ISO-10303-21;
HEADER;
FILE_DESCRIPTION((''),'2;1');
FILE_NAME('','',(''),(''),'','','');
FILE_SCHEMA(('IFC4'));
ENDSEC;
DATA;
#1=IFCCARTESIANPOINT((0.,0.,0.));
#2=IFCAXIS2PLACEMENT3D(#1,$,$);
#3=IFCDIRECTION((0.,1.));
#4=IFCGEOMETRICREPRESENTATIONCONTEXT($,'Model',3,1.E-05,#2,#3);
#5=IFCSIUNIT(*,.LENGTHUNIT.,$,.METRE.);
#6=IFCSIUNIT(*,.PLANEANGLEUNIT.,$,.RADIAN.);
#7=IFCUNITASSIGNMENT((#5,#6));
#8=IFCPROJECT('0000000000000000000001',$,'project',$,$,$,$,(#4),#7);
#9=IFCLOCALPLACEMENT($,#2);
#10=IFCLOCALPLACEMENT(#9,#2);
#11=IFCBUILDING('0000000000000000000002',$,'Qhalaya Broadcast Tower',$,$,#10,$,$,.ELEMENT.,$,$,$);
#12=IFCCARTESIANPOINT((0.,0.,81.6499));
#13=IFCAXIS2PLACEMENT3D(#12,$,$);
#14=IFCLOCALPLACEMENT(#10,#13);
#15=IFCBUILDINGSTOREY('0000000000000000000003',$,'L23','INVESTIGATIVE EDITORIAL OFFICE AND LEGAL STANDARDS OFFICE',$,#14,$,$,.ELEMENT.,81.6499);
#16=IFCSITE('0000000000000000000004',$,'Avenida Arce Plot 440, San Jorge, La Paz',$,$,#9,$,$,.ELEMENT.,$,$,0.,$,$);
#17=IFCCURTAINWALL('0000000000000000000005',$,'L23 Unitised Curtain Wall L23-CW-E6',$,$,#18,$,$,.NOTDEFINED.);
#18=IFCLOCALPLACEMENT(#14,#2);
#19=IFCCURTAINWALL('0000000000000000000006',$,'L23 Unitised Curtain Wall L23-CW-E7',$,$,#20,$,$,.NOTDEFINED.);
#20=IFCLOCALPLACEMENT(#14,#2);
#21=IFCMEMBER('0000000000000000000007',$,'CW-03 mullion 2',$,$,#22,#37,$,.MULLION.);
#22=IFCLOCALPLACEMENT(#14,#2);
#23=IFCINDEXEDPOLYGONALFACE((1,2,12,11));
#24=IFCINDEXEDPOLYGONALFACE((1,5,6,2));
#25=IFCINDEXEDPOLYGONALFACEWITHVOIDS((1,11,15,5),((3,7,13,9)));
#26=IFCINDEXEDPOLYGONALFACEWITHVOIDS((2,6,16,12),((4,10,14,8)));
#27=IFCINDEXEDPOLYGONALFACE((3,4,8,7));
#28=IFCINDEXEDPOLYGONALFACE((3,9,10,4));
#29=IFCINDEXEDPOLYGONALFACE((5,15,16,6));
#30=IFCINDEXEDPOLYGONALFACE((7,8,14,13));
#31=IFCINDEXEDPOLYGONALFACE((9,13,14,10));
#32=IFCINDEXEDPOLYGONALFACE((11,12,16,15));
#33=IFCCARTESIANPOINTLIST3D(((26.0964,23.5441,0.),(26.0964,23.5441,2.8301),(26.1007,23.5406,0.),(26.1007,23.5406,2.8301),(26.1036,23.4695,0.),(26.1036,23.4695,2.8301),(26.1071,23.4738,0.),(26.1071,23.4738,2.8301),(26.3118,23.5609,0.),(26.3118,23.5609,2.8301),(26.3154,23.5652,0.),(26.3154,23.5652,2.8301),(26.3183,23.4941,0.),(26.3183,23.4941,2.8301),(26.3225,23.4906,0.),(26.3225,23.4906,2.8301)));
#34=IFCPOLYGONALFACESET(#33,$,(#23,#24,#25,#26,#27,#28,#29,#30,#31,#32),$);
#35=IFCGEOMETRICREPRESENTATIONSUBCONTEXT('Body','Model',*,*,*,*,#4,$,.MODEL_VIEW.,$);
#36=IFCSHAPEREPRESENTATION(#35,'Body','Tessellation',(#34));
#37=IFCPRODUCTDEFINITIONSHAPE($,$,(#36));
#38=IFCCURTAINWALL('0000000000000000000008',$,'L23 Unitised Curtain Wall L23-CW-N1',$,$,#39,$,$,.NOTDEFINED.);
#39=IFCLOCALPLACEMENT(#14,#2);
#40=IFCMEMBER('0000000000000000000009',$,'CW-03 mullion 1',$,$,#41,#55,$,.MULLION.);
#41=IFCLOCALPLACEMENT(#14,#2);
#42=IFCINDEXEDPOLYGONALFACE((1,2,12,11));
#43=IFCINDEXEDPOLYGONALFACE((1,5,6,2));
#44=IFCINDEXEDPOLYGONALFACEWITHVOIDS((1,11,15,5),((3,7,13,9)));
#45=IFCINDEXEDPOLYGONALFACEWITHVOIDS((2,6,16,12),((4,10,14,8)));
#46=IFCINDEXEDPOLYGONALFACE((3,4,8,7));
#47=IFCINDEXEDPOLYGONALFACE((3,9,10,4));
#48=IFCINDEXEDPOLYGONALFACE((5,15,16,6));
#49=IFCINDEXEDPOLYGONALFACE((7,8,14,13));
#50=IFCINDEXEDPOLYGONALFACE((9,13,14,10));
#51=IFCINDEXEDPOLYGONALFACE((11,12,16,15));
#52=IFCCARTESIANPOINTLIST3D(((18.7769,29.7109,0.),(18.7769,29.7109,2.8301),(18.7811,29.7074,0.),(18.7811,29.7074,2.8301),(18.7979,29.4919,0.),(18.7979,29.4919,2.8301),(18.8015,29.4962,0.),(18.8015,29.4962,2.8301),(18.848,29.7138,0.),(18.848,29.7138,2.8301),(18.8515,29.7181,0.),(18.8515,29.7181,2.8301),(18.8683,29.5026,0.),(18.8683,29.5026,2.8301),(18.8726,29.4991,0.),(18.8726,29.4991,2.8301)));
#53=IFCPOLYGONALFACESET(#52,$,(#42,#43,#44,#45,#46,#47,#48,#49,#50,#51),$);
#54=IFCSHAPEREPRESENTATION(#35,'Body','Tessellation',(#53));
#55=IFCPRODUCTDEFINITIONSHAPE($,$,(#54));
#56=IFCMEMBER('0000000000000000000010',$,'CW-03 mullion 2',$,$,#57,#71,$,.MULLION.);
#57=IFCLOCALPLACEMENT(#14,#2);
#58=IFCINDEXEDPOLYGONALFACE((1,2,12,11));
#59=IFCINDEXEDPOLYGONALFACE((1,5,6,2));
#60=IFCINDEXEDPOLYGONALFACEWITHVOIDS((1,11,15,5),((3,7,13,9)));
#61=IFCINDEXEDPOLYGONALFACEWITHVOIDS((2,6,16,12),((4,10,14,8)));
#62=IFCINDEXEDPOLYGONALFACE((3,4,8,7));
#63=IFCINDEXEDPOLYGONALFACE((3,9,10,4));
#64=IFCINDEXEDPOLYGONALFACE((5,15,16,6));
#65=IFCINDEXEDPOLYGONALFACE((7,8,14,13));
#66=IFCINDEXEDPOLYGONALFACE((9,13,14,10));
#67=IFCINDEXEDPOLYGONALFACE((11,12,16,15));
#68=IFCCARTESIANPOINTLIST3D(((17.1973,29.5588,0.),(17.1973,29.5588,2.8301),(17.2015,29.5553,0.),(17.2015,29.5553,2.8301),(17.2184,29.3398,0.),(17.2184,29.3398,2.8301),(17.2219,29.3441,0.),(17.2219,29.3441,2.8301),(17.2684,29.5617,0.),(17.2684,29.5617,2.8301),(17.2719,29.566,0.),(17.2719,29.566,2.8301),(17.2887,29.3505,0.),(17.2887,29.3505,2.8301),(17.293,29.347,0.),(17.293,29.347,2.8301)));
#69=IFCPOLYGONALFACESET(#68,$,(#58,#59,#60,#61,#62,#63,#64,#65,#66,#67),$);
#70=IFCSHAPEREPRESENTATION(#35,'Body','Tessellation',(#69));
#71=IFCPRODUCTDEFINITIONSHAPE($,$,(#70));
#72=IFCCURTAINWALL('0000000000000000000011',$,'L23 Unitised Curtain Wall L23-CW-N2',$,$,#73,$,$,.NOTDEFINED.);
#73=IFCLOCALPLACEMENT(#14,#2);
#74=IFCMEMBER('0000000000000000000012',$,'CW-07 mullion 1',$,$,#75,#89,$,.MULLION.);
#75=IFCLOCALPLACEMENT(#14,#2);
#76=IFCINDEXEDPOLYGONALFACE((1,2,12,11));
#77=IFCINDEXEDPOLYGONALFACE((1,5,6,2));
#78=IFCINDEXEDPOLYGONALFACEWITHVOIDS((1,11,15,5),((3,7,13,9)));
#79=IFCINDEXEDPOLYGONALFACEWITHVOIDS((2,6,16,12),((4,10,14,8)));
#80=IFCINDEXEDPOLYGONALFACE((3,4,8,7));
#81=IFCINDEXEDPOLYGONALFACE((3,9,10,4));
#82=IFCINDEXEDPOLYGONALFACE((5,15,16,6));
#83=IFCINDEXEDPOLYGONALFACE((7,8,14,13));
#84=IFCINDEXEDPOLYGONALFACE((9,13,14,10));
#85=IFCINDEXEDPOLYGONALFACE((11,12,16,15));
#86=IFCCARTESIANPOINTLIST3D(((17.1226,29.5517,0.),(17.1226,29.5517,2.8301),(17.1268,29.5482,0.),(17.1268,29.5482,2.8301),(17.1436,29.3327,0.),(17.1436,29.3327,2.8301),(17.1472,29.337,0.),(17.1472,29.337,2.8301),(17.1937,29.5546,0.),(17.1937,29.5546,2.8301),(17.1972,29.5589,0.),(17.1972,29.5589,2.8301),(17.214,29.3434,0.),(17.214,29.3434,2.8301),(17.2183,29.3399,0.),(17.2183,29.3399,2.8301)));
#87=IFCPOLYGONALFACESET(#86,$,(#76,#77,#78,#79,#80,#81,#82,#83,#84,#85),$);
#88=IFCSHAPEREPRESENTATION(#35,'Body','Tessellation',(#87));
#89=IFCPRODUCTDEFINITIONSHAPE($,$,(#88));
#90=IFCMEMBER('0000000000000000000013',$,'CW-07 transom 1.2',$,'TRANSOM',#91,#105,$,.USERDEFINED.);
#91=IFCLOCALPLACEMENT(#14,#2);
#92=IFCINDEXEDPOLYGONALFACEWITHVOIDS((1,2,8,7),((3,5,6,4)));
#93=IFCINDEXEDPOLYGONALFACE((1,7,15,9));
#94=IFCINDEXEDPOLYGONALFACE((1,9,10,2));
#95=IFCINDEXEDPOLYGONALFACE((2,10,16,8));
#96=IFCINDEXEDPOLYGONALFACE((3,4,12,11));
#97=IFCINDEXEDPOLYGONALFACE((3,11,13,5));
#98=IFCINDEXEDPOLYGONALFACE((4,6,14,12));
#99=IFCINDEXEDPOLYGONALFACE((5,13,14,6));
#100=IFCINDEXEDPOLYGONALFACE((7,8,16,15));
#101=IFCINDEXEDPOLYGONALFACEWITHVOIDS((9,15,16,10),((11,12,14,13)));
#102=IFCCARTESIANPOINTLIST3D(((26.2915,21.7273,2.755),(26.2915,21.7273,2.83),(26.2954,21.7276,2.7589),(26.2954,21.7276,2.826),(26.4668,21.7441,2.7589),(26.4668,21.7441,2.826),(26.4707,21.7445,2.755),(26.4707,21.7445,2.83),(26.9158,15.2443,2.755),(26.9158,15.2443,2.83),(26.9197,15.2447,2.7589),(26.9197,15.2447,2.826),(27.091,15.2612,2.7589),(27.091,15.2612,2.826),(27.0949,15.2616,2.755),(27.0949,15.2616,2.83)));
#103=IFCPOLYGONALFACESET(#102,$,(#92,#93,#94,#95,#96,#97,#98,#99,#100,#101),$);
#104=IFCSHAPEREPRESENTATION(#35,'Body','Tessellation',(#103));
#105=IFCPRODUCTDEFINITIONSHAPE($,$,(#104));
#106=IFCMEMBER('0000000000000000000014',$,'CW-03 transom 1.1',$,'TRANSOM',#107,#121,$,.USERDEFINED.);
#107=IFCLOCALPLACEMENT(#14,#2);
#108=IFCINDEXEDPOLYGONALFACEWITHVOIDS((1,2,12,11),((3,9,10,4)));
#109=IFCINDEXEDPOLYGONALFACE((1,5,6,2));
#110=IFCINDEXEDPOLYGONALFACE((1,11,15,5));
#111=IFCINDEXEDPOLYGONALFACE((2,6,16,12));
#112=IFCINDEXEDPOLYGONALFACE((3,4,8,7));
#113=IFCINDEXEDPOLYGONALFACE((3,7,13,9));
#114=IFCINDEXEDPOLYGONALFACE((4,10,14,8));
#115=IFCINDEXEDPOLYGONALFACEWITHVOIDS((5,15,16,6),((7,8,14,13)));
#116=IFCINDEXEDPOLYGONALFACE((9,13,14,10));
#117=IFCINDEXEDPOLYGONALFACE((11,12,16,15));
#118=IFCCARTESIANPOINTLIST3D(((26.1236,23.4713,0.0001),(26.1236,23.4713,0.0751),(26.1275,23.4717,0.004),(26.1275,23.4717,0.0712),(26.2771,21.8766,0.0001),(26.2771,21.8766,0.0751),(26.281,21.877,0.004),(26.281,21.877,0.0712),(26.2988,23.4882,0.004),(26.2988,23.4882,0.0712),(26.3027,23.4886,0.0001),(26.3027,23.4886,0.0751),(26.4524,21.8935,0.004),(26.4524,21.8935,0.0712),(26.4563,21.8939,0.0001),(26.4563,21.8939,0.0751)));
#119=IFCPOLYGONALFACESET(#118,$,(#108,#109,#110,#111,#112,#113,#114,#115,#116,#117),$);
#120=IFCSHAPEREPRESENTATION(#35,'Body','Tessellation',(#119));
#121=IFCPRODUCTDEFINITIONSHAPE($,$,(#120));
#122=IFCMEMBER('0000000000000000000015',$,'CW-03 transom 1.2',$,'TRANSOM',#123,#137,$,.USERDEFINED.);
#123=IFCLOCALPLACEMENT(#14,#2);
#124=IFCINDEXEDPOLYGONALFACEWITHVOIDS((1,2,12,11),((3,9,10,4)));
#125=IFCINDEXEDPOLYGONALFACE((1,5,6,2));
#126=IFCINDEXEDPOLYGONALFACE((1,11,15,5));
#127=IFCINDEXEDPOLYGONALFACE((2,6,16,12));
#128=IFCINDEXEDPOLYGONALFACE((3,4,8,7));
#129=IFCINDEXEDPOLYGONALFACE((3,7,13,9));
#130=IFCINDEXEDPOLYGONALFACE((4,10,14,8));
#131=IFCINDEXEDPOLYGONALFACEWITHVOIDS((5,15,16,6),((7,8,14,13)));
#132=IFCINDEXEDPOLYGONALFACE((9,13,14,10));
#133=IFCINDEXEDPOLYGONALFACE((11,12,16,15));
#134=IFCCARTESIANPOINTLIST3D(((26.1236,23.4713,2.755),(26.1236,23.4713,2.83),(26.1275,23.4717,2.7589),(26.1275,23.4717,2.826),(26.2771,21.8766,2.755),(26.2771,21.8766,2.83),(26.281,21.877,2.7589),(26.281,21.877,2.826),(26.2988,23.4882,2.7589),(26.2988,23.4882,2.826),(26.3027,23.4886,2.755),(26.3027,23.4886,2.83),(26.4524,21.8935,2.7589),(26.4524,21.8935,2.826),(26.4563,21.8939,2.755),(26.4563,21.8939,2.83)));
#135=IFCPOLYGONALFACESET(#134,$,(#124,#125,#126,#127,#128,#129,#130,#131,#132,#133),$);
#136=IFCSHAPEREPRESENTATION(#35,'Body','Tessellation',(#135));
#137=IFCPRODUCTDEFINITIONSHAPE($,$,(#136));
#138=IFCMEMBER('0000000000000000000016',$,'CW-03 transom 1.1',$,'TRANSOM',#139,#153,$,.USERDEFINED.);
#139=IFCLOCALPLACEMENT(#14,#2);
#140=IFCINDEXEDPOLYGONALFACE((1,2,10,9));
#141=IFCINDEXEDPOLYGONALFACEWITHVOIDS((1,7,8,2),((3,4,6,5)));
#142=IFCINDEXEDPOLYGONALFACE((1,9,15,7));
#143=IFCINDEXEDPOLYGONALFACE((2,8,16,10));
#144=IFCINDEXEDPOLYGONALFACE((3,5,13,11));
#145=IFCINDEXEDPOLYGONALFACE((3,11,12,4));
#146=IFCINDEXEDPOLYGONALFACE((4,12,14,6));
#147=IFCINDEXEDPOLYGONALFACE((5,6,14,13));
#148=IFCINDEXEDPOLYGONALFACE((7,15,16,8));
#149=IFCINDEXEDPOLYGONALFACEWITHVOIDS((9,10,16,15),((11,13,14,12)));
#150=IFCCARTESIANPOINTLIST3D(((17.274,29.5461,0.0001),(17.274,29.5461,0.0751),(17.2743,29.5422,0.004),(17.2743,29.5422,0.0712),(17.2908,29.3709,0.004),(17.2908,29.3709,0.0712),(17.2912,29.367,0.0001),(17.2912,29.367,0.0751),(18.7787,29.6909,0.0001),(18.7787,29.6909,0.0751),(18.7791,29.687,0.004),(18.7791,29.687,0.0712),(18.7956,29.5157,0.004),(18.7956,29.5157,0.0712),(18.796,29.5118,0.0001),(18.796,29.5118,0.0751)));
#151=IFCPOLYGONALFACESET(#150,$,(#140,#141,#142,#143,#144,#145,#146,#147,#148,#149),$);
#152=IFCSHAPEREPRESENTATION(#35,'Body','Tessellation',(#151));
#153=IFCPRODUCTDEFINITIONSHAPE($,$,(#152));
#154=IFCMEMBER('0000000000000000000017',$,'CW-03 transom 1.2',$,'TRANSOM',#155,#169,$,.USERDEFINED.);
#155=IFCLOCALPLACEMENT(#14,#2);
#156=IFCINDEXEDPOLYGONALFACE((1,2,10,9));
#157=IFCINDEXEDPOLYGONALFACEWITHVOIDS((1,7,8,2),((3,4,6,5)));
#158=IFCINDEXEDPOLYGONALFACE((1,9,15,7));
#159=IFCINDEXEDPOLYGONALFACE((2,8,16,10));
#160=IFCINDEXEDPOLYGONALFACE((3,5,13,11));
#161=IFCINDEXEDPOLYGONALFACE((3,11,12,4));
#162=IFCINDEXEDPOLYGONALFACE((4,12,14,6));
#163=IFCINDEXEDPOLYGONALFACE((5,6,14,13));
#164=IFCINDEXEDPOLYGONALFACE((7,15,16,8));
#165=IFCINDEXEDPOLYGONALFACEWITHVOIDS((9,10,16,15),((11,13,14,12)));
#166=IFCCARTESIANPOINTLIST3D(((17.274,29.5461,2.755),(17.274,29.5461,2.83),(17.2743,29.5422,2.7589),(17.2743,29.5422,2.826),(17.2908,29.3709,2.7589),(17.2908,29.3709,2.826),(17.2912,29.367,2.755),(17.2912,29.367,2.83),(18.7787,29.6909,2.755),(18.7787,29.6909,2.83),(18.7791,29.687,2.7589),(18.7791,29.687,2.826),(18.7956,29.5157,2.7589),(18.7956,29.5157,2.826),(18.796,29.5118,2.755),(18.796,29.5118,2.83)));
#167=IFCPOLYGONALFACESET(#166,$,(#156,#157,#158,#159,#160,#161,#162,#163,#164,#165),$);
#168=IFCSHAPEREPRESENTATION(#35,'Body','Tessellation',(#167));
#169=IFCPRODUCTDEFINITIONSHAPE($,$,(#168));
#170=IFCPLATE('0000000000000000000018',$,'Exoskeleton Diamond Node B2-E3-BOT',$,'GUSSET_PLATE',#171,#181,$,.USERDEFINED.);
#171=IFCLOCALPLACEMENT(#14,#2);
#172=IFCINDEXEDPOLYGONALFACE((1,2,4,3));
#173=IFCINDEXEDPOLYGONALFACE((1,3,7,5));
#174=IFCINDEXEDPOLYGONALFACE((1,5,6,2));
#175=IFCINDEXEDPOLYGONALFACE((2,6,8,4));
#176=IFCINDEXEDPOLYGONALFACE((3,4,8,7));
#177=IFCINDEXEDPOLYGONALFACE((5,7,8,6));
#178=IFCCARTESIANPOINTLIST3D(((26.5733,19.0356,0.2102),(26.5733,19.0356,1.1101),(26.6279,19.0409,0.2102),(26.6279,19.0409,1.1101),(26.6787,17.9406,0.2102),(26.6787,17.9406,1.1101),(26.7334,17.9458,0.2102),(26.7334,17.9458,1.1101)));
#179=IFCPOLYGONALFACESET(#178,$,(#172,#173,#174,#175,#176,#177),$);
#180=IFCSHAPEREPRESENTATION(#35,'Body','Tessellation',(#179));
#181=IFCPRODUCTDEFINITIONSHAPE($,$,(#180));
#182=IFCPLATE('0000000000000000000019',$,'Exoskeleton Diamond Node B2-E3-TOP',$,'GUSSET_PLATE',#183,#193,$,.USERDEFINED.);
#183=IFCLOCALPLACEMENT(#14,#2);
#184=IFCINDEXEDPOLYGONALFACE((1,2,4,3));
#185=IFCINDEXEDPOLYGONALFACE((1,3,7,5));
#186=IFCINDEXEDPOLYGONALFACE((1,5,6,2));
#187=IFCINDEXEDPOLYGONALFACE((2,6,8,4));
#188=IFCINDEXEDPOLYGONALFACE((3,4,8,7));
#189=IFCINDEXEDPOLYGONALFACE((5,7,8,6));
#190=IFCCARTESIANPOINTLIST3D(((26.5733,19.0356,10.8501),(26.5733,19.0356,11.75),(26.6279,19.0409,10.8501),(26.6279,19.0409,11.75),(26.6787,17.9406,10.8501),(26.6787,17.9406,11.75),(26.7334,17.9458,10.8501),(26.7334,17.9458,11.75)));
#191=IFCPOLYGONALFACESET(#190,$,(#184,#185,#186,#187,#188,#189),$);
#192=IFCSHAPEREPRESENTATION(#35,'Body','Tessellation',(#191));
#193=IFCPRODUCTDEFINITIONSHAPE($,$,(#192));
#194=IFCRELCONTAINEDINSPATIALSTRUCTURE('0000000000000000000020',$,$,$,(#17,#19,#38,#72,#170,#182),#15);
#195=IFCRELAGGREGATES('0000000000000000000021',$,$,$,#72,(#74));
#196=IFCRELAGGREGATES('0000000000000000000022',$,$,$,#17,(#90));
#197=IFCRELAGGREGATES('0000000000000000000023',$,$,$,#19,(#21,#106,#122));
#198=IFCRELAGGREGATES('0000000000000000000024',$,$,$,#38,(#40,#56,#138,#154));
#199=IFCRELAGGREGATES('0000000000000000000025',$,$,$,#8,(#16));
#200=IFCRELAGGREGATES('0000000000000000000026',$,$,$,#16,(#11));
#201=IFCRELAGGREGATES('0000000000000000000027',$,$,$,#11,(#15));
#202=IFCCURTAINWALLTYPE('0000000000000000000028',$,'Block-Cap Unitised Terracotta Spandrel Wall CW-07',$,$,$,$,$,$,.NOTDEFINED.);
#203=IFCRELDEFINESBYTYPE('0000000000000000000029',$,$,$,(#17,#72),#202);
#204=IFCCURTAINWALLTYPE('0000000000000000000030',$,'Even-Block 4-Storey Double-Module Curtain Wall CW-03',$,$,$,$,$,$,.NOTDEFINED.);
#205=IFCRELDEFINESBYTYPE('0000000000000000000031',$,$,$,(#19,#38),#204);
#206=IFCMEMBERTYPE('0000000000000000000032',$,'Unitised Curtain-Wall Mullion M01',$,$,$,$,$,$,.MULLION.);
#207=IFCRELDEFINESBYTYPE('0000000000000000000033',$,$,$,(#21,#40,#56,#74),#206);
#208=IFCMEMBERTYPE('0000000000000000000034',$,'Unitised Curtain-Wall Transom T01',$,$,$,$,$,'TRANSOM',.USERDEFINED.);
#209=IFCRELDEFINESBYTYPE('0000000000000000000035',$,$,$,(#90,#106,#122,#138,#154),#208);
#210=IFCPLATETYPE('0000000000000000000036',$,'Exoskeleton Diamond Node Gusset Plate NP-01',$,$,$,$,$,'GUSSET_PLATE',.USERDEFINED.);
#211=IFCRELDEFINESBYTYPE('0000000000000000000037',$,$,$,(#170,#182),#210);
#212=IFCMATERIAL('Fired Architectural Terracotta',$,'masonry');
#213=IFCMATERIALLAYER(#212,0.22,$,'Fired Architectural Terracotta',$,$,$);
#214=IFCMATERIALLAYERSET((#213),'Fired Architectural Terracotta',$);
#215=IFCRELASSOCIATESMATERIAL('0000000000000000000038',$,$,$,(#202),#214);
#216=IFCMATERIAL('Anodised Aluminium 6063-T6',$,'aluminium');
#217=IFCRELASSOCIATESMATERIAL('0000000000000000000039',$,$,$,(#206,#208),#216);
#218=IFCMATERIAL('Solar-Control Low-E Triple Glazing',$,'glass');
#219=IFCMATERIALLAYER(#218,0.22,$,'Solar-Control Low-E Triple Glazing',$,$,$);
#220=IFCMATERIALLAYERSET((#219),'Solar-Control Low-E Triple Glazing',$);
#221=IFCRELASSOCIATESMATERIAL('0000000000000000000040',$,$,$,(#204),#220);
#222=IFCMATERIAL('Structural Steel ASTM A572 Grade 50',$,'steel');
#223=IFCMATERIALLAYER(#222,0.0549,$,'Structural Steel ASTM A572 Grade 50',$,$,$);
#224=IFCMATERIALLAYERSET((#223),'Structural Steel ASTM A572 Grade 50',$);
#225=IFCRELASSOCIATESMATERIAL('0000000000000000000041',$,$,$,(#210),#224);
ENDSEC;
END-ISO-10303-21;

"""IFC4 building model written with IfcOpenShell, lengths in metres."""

from ifc_helpers import new_model, si_unit, direction, frame, origin, origin_2d, place, context, subcontext, project, spatial, rectangle, hollow_rectangle, extrude, material, layer, layer_set, material_profile, profile_set, type_object, element, aggregate, save


model = new_model("IFC4")

# Units and contexts
model_context = context("Model", 3, precision=1e-05, world=origin(), true_north=direction((0.0, 1.0)))
body_context = subcontext(model_context, "Body", "Model", "MODEL_VIEW")
ifc_project = project(units=[si_unit("LENGTHUNIT", "METRE"), si_unit("PLANEANGLEUNIT", "RADIAN")], contexts=[model_context])

# Site, building, storey
site_placement = place(None, origin())
site = spatial("IfcSite", under=ifc_project, at=site_placement, Name="Avenida Arce Plot 440, San Jorge, La Paz", CompositionType="ELEMENT", RefElevation=0.0)
building_placement = place(site_placement, origin())
building = spatial("IfcBuilding", under=site, at=building_placement, Name="Qhalaya Broadcast Tower", CompositionType="ELEMENT")
storey_placement = place(building_placement, frame((0.0, 0.0, 81.6499)))
storey = spatial("IfcBuildingStorey", under=building, at=storey_placement, Name="L23", Description="INVESTIGATIVE EDITORIAL OFFICE AND LEGAL STANDARDS OFFICE", CompositionType="ELEMENT", Elevation=81.6499)

# Shared definitions
ifc_material_1 = material(Name="Structural Steel ASTM A572 Grade 50", Category="steel")

# Curtain wall
ifc_material_2 = material(Name="Fired Architectural Terracotta", Category="masonry")
ifc_layer_1 = layer(ifc_material_2, 0.22, Name="Fired Architectural Terracotta")
ifc_layer_set_1 = layer_set([ifc_layer_1], Name="Fired Architectural Terracotta")
curtain_wall_type_1 = type_object("IfcCurtainWallType", Name="Block-Cap Unitised Terracotta Spandrel Wall CW-07", PredefinedType="NOTDEFINED", material=ifc_layer_set_1)
curtain_wall_1_placement = place(storey_placement, origin())
curtain_wall_1 = element("IfcCurtainWall", 1, at=curtain_wall_1_placement, inside=storey, type_object=curtain_wall_type_1, Name="L23 Unitised Curtain Wall L23-CW-E6", PredefinedType="NOTDEFINED")
ifc_material_3 = material(Name="Anodised Aluminium 6063-T6", Category="aluminium")
ifc_material_profile_1 = material_profile(ifc_material_3, hollow_rectangle(XDim=0.075, YDim=0.22, WallThickness=0.0039, at=origin_2d()), Name="ALU-MUL 75x220x4")
ifc_profile_set_1 = profile_set([ifc_material_profile_1], Name="Anodised Aluminium 6063-T6")
member_type_1 = type_object("IfcMemberType", Name="Unitised Curtain-Wall Mullion M01", PredefinedType="MULLION", material=ifc_profile_set_1)

# Curtain walls, members
ifc_material_4 = material(Name="Solar-Control Low-E Triple Glazing", Category="glass")
ifc_layer_2 = layer(ifc_material_4, 0.22, Name="Solar-Control Low-E Triple Glazing")
ifc_layer_set_2 = layer_set([ifc_layer_2], Name="Solar-Control Low-E Triple Glazing")
curtain_wall_type_2 = type_object("IfcCurtainWallType", Name="Even-Block 4-Storey Double-Module Curtain Wall CW-03", PredefinedType="NOTDEFINED", material=ifc_layer_set_2)
curtain_wall_2_placement = place(storey_placement, origin())
curtain_wall_2 = element("IfcCurtainWall", 2, at=curtain_wall_2_placement, inside=storey, type_object=curtain_wall_type_2, Name="L23 Unitised Curtain Wall L23-CW-E7", PredefinedType="NOTDEFINED")
member_1_placement = place(storey_placement, frame((26.2095, 23.5173, 0.0), z_axis=(0.0, 0.0, 1.0), x_axis=(-0.09583, 0.995398, 0.0)))
member_1 = element("IfcMember", 3, at=member_1_placement, type_object=member_type_1, Name="CW-03 mullion 2", PredefinedType="MULLION", context=body_context, shape_type="SweptSolid", body=[
    extrude(hollow_rectangle(XDim=0.075, YDim=0.22, WallThickness=0.0039, at=origin_2d()), origin(), (0.0, 0.0, 1.0), 2.8301),
])
curtain_wall_3_placement = place(storey_placement, origin())
curtain_wall_3 = element("IfcCurtainWall", 4, at=curtain_wall_3_placement, inside=storey, type_object=curtain_wall_type_2, Name="L23 Unitised Curtain Wall L23-CW-N1", PredefinedType="NOTDEFINED")
member_2_placement = place(storey_placement, frame((18.8247, 29.605, 0.0), z_axis=(0.0, 0.0, 1.0), x_axis=(-0.995396, -0.095851, 0.0)))
member_2 = element("IfcMember", 5, at=member_2_placement, type_object=member_type_1, Name="CW-03 mullion 1", PredefinedType="MULLION", context=body_context, shape_type="SweptSolid", body=[
    extrude(hollow_rectangle(XDim=0.075, YDim=0.22, WallThickness=0.0039, at=origin_2d()), origin(), (0.0, 0.0, 1.0), 2.8301),
])
member_3_placement = place(storey_placement, frame((17.2451, 29.4529, 0.0), z_axis=(0.0, 0.0, 1.0), x_axis=(-0.995396, -0.095851, 0.0)))
member_3 = element("IfcMember", 6, at=member_3_placement, type_object=member_type_1, Name="CW-03 mullion 2", PredefinedType="MULLION", context=body_context, shape_type="SweptSolid", body=[
    extrude(hollow_rectangle(XDim=0.075, YDim=0.22, WallThickness=0.0039, at=origin_2d()), origin(), (0.0, 0.0, 1.0), 2.8301),
])

# Curtain wall, member
curtain_wall_4_placement = place(storey_placement, origin())
curtain_wall_4 = element("IfcCurtainWall", 7, at=curtain_wall_4_placement, inside=storey, type_object=curtain_wall_type_1, Name="L23 Unitised Curtain Wall L23-CW-N2", PredefinedType="NOTDEFINED")
member_4_placement = place(storey_placement, frame((17.1704, 29.4458, 0.0), z_axis=(0.0, 0.0, 1.0), x_axis=(-0.995396, -0.09585, 0.0)))
member_4 = element("IfcMember", 8, at=member_4_placement, type_object=member_type_1, Name="CW-07 mullion 1", PredefinedType="MULLION", context=body_context, shape_type="SweptSolid", body=[
    extrude(hollow_rectangle(XDim=0.075, YDim=0.22, WallThickness=0.0039, at=origin_2d()), origin(), (0.0, 0.0, 1.0), 2.8301),
])
aggregate(curtain_wall_4, [member_4])

# Members
ifc_material_profile_2 = material_profile(ifc_material_3, hollow_rectangle(XDim=0.075, YDim=0.1799, WallThickness=0.0039, at=origin_2d()), Name="ALU-TRN 75x180x4")
ifc_profile_set_2 = profile_set([ifc_material_profile_2], Name="Anodised Aluminium 6063-T6")
member_type_2 = type_object("IfcMemberType", Name="Unitised Curtain-Wall Transom T01", ElementType="TRANSOM", PredefinedType="USERDEFINED", material=ifc_profile_set_2)
member_5_placement = place(storey_placement, frame((27.0054, 15.2529, 2.7925), z_axis=(-0.095851, 0.995396, 0.0), x_axis=(0.0, 0.0, 1.0)))
member_5 = element("IfcMember", 9, at=member_5_placement, type_object=member_type_2, Name="CW-07 transom 1.2", ObjectType="TRANSOM", PredefinedType="USERDEFINED", context=body_context, shape_type="SweptSolid", body=[
    extrude(hollow_rectangle(XDim=0.075, YDim=0.1799, WallThickness=0.0039, at=origin_2d()), origin(), (0.0, 0.0, 1.0), 6.5129),
])
member_6_placement = place(storey_placement, frame((26.3667, 21.8853, 0.0376), z_axis=(-0.095852, 0.995396, 0.0), x_axis=(0.0, 0.0, 1.0)))
member_6 = element("IfcMember", 10, at=member_6_placement, type_object=member_type_2, Name="CW-03 transom 1.1", ObjectType="TRANSOM", PredefinedType="USERDEFINED", context=body_context, shape_type="SweptSolid", body=[
    extrude(hollow_rectangle(XDim=0.075, YDim=0.1799, WallThickness=0.0039, at=origin_2d()), origin(), (0.0, 0.0, 1.0), 1.6021),
])
member_7_placement = place(storey_placement, frame((26.3667, 21.8853, 2.7925), z_axis=(-0.095852, 0.995396, 0.0), x_axis=(0.0, 0.0, 1.0)))
member_7 = element("IfcMember", 11, at=member_7_placement, type_object=member_type_2, Name="CW-03 transom 1.2", ObjectType="TRANSOM", PredefinedType="USERDEFINED", context=body_context, shape_type="SweptSolid", body=[
    extrude(hollow_rectangle(XDim=0.075, YDim=0.1799, WallThickness=0.0039, at=origin_2d()), origin(), (0.0, 0.0, 1.0), 1.6021),
])
member_8_placement = place(storey_placement, frame((18.7874, 29.6013, 0.0376), z_axis=(-0.995404, -0.095762, 0.0), x_axis=(0.0, 0.0, 1.0)))
member_8 = element("IfcMember", 12, at=member_8_placement, type_object=member_type_2, Name="CW-03 transom 1.1", ObjectType="TRANSOM", PredefinedType="USERDEFINED", context=body_context, shape_type="SweptSolid", body=[
    extrude(hollow_rectangle(XDim=0.075, YDim=0.1799, WallThickness=0.0039, at=origin_2d()), origin(), (0.0, 0.0, 1.0), 1.5117),
])
member_9_placement = place(storey_placement, frame((18.7874, 29.6013, 2.7925), z_axis=(-0.995404, -0.095762, 0.0), x_axis=(0.0, 0.0, 1.0)))
member_9 = element("IfcMember", 13, at=member_9_placement, type_object=member_type_2, Name="CW-03 transom 1.2", ObjectType="TRANSOM", PredefinedType="USERDEFINED", context=body_context, shape_type="SweptSolid", body=[
    extrude(hollow_rectangle(XDim=0.075, YDim=0.1799, WallThickness=0.0039, at=origin_2d()), origin(), (0.0, 0.0, 1.0), 1.5117),
])

# Plates
ifc_layer_3 = layer(ifc_material_1, 0.0549, Name="Structural Steel ASTM A572 Grade 50")
ifc_layer_set_3 = layer_set([ifc_layer_3], Name="Structural Steel ASTM A572 Grade 50")
plate_type_1 = type_object("IfcPlateType", Name="Exoskeleton Diamond Node Gusset Plate NP-01", ElementType="GUSSET_PLATE", PredefinedType="USERDEFINED", material=ifc_layer_set_3)
for number, where, z_axis, x_axis, name in (
    (14, (26.6533, 18.4907, 0.2102), (0.0, 0.0, 1.0), (-0.095846, 0.995396, 0.0), "Exoskeleton Diamond Node B2-E3-BOT"),
    (15, (26.6533, 18.4907, 10.8501), (0.0, 0.0, 1.0), (-0.095846, 0.995396, 0.0), "Exoskeleton Diamond Node B2-E3-TOP"),
):
    element("IfcPlate", number, at=place(storey_placement, frame(where, z_axis=z_axis, x_axis=x_axis)), inside=storey, type_object=plate_type_1, Name=name, ObjectType="GUSSET_PLATE", PredefinedType="USERDEFINED", context=body_context, shape_type="SweptSolid", body=[
        extrude(rectangle(XDim=1.1001, YDim=0.0549, at=origin_2d()), origin(), (0.0, 0.0, 1.0), 0.8999),
    ])

aggregate(curtain_wall_1, [member_5])
aggregate(curtain_wall_2, [member_1, member_6, member_7])
aggregate(curtain_wall_3, [member_2, member_3, member_8, member_9])

save(model, "model.ifc")
